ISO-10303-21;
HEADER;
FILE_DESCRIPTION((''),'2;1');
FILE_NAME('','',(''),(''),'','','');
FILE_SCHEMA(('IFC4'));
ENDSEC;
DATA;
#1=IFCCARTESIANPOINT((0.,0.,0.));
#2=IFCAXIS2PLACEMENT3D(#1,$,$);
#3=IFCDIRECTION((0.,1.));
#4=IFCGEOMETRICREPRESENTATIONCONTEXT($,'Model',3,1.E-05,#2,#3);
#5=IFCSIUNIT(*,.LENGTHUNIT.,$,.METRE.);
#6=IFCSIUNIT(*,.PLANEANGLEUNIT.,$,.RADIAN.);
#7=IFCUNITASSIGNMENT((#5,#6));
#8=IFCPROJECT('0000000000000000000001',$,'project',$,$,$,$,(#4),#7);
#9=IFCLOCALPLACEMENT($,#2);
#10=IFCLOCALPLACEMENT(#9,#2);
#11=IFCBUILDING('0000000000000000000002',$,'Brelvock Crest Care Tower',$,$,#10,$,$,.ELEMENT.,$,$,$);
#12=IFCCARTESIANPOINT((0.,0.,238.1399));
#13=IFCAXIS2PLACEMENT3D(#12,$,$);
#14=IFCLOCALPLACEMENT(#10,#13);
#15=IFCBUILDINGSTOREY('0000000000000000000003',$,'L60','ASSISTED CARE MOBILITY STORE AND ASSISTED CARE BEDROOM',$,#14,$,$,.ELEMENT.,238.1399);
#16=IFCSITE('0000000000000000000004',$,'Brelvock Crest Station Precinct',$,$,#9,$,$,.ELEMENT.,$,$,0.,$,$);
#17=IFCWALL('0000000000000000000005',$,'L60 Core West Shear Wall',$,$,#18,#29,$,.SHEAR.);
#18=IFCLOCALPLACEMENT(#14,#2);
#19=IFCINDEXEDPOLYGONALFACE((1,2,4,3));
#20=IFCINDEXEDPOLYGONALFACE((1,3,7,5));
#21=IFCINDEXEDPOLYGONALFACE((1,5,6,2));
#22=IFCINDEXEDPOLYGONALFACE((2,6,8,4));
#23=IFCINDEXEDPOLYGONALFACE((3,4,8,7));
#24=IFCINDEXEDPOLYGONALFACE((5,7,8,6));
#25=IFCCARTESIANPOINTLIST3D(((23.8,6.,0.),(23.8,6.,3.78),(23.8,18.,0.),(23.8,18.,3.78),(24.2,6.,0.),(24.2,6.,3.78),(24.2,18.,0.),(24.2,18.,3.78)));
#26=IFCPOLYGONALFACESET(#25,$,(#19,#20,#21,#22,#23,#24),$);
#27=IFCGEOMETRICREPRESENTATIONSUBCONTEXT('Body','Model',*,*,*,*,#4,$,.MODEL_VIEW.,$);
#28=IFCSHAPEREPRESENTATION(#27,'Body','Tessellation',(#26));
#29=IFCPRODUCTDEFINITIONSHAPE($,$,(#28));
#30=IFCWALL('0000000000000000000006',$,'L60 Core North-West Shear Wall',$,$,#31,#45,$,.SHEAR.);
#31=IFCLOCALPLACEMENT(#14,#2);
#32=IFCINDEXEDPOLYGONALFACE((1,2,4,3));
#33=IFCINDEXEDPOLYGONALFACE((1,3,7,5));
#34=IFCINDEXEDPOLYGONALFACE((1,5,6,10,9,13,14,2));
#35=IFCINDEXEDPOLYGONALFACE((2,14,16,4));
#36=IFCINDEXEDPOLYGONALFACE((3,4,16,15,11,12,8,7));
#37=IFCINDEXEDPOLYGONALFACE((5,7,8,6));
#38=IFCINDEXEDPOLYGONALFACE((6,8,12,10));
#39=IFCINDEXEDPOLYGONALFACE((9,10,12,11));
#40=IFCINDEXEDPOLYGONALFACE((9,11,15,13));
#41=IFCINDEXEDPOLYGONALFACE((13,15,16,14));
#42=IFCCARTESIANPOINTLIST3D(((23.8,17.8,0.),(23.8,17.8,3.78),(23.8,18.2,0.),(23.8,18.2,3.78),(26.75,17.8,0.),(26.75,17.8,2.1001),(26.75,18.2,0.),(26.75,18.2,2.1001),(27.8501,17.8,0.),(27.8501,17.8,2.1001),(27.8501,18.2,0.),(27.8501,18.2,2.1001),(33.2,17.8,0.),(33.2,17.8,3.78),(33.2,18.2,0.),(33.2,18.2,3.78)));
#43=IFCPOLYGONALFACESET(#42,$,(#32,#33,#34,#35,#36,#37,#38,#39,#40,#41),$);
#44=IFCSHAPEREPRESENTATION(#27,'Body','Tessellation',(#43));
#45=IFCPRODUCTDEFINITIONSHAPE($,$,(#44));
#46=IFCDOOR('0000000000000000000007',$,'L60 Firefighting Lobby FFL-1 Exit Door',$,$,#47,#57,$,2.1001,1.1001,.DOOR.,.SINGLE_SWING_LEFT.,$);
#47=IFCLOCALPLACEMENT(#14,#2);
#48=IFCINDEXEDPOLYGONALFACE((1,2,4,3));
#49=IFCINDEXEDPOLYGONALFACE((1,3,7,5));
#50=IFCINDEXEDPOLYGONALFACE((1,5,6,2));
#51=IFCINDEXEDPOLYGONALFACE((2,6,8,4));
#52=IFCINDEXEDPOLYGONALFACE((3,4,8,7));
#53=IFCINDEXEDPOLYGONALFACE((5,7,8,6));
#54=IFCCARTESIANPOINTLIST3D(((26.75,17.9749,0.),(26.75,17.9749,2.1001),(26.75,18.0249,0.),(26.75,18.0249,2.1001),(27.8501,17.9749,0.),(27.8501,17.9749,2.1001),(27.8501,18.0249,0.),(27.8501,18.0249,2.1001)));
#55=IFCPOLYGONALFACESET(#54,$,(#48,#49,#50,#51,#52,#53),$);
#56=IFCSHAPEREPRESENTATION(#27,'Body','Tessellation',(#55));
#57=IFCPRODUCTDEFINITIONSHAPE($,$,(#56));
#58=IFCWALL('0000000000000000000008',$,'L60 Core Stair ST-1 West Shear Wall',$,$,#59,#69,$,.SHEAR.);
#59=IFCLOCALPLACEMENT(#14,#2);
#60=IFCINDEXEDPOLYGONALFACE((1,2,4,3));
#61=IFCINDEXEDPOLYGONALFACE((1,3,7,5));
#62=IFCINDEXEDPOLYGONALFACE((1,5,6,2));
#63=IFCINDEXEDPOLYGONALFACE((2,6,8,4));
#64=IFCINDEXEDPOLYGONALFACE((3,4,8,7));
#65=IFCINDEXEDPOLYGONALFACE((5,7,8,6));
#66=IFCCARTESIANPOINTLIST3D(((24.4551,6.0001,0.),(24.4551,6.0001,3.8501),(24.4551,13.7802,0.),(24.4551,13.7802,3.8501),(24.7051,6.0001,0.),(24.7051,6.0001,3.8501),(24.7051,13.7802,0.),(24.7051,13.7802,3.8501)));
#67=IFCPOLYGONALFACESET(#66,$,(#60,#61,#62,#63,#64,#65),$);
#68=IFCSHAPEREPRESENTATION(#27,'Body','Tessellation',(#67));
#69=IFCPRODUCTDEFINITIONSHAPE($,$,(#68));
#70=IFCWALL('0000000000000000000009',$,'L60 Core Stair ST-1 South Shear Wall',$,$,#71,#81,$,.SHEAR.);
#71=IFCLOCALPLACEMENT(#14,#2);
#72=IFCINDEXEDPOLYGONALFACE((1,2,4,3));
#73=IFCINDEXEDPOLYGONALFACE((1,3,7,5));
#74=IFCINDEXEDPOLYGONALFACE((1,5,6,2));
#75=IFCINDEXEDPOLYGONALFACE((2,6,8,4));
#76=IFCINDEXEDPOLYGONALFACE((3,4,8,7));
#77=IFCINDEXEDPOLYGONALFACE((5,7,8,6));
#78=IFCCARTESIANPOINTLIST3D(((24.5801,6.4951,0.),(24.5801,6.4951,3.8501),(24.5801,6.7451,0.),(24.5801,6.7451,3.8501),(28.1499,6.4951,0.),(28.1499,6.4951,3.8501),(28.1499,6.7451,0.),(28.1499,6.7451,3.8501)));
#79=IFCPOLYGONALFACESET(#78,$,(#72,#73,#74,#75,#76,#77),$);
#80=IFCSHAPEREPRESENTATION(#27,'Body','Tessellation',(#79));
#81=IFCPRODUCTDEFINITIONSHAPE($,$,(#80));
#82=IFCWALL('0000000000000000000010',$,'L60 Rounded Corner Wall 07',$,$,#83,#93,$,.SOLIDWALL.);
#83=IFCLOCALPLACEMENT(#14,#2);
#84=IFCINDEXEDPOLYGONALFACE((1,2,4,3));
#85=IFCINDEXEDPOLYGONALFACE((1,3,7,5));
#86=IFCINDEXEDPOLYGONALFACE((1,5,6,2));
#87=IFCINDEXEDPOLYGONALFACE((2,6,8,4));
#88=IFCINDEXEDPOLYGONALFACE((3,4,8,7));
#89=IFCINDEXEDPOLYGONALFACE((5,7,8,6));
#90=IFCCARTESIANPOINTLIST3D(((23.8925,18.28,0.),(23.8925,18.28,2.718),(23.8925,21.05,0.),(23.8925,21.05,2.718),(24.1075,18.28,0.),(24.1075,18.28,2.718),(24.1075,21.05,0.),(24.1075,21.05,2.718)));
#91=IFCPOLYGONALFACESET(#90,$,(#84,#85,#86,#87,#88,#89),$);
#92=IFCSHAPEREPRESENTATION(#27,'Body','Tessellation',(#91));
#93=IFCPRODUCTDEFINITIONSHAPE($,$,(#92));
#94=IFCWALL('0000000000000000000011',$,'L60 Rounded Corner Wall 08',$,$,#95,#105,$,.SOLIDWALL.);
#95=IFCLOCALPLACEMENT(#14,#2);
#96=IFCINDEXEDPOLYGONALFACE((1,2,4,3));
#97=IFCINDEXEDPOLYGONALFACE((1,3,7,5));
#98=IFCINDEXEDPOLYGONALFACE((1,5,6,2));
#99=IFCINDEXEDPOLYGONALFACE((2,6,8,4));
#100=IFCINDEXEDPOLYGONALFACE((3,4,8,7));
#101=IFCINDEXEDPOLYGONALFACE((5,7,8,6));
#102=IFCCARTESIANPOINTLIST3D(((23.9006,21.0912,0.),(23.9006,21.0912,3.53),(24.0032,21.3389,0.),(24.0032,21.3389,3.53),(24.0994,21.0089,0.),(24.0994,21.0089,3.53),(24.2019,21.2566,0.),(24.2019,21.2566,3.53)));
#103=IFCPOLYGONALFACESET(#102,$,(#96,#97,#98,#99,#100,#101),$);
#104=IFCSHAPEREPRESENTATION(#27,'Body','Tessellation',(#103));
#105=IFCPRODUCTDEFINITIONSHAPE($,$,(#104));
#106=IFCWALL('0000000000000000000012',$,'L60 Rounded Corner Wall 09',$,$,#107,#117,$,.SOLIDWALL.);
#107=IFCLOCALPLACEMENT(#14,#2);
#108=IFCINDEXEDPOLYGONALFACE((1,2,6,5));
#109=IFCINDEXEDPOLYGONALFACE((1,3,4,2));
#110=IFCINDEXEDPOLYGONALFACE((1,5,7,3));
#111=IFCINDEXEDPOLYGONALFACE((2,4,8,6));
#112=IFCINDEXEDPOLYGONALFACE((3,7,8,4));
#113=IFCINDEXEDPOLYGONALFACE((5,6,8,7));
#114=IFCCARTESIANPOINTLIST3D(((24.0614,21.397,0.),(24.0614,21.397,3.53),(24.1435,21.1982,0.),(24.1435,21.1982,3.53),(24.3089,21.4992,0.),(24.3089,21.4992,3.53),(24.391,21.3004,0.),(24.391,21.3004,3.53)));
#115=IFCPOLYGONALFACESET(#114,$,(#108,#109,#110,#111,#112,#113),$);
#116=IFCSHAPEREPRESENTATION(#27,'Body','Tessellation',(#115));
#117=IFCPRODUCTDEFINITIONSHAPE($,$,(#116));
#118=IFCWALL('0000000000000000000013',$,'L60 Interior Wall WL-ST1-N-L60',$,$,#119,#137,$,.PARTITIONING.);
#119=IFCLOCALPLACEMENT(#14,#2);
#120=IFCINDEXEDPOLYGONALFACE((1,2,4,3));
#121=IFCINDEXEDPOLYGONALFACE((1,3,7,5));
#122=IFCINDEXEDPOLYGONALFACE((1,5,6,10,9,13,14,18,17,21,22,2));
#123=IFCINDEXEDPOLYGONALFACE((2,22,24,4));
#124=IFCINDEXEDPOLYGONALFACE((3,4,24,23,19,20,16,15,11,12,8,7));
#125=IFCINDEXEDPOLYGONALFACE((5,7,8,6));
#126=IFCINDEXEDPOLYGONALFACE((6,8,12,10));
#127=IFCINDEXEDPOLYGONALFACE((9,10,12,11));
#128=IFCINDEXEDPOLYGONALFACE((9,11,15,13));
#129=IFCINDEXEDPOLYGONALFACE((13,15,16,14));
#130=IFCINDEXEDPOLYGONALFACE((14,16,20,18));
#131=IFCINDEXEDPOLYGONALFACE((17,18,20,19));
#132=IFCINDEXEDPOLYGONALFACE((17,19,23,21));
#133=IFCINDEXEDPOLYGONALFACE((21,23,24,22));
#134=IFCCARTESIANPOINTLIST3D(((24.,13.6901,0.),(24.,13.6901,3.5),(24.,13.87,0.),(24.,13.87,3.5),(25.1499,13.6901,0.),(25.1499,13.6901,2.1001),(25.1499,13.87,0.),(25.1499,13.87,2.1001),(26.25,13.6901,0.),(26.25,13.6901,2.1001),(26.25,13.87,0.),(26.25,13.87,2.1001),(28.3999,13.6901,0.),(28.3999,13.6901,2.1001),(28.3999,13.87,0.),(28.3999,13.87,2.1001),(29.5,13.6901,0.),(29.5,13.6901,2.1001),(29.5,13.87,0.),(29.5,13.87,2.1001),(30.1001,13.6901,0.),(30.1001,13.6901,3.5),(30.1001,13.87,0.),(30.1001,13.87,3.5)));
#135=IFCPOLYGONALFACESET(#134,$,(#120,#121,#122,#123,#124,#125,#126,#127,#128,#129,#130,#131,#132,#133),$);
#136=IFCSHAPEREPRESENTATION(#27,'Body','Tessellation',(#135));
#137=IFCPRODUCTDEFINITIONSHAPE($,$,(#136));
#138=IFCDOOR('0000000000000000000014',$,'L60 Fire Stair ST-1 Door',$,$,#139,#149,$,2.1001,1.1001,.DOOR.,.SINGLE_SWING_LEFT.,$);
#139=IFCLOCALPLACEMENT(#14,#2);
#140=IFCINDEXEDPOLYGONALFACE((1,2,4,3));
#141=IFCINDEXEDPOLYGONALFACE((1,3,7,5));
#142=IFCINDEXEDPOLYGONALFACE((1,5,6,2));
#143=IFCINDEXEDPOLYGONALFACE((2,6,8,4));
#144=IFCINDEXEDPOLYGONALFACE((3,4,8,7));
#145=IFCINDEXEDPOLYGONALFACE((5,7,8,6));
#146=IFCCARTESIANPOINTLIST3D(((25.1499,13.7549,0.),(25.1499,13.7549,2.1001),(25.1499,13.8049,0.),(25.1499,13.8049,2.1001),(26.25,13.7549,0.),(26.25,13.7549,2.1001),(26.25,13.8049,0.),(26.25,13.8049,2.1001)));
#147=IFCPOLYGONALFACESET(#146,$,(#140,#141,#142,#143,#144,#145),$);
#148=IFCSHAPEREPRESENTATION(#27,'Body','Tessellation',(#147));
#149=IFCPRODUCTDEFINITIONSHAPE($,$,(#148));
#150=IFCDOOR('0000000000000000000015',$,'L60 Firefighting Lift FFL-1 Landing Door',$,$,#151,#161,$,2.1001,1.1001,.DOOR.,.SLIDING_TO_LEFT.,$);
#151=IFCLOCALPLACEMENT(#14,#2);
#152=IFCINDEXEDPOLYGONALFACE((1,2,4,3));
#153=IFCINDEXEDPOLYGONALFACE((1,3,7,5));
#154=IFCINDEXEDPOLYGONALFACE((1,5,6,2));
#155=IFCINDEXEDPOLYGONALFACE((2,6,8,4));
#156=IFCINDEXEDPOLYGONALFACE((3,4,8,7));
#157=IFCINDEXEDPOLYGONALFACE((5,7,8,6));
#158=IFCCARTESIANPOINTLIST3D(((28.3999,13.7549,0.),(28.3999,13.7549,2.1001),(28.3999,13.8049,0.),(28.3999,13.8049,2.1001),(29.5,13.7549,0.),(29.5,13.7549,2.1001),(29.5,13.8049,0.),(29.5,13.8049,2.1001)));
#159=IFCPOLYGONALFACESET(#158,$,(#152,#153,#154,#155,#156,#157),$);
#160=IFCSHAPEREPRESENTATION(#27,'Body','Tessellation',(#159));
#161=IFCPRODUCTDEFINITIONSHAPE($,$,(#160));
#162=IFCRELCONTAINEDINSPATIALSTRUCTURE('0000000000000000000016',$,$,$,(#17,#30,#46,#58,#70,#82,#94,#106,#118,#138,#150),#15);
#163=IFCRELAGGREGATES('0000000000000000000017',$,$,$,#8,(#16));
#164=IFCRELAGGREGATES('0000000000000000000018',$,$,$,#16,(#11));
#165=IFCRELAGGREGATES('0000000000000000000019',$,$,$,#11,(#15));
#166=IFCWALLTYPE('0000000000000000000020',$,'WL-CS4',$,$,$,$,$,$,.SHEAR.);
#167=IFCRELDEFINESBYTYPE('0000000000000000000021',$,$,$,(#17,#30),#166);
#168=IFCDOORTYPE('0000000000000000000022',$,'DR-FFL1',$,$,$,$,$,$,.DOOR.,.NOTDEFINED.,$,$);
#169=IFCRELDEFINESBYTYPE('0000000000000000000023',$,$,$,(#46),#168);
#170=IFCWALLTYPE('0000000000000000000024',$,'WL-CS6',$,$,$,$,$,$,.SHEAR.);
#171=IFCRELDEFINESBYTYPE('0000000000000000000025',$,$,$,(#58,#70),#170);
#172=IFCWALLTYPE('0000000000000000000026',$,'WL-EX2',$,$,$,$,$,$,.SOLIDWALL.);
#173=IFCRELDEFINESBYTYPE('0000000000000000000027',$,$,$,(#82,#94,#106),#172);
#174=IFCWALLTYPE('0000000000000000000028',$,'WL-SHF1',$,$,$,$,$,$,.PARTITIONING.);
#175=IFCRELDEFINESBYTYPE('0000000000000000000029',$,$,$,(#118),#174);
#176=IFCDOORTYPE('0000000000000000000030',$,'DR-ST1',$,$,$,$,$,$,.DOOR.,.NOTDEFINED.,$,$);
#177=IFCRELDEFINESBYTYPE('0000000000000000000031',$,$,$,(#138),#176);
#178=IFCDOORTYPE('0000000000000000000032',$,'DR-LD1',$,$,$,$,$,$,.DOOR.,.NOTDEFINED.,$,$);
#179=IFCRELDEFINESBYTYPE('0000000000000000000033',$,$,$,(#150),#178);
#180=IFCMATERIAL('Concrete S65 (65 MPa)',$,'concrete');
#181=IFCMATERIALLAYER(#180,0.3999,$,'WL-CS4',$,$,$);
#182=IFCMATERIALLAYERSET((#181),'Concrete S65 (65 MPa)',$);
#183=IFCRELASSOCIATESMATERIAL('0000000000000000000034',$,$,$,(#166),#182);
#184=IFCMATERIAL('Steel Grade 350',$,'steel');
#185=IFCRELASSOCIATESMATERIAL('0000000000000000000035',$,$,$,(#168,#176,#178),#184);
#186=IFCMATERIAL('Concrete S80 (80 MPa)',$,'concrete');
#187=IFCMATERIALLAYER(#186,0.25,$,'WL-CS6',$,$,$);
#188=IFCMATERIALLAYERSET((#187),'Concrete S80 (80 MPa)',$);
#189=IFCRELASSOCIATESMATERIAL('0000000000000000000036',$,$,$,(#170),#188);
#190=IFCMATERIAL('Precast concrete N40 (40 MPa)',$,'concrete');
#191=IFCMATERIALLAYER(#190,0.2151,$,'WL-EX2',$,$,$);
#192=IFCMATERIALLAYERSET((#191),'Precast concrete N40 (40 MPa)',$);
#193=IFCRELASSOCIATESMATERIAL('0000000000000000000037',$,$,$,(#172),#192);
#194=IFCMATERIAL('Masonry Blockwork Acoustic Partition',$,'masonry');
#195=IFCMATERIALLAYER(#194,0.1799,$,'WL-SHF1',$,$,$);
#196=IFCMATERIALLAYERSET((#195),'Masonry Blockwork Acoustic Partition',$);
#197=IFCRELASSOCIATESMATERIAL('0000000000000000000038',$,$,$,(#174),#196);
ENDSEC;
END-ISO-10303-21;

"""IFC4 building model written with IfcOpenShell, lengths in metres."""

from ifc_helpers import new_model, si_unit, direction, frame, frame_2d, origin, origin_2d, place, context, subcontext, project, spatial, rectangle, extrude, source, transform, mapped, material, layer, layer_set, type_object, element, fill, save


model = new_model("IFC4")

# Units and contexts
model_context = context("Model", 3, precision=1e-05, world=origin(), true_north=direction((0.0, 1.0)))
body_context = subcontext(model_context, "Body", "Model", "MODEL_VIEW")
ifc_project = project(units=[si_unit("LENGTHUNIT", "METRE"), si_unit("PLANEANGLEUNIT", "RADIAN")], contexts=[model_context])

# Site, building, storey
site_placement = place(None, origin())
site = spatial("IfcSite", under=ifc_project, at=site_placement, Name="Brelvock Crest Station Precinct", CompositionType="ELEMENT", RefElevation=0.0)
building_placement = place(site_placement, origin())
building = spatial("IfcBuilding", under=site, at=building_placement, Name="Brelvock Crest Care Tower", CompositionType="ELEMENT")
storey_placement = place(building_placement, frame((0.0, 0.0, 238.1399)))
storey = spatial("IfcBuildingStorey", under=building, at=storey_placement, Name="L60", Description="ASSISTED CARE MOBILITY STORE AND ASSISTED CARE BEDROOM", CompositionType="ELEMENT", Elevation=238.1399)

# Shared definitions
ifc_material_1 = material(Name="Concrete S65 (65 MPa)", Category="concrete")

# Shared definitions
ifc_material_2 = material(Name="Steel Grade 350", Category="steel")

# Wall
ifc_layer_1 = layer(ifc_material_1, 0.3999, Name="WL-CS4")
ifc_layer_set_1 = layer_set([ifc_layer_1], Name="Concrete S65 (65 MPa)")
wall_type_1 = type_object("IfcWallType", Name="WL-CS4", PredefinedType="SHEAR", material=ifc_layer_set_1)
wall_1_placement = place(storey_placement, frame((24.0, 6.0, 0.0), z_axis=(0.0, 0.0, 1.0), x_axis=(0.0, 1.0, 0.0)))
element("IfcWall", 1, at=wall_1_placement, inside=storey, type_object=wall_type_1, Name="L60 Core West Shear Wall", PredefinedType="SHEAR", context=body_context, shape_type="SweptSolid", body=[
    extrude(rectangle(XDim=12.0, YDim=0.3999, at=frame_2d((6.0, 0.0))), origin(), (0.0, 0.0, 1.0), 3.78),
])

# Wall, opening, door
wall_2_placement = place(storey_placement, frame((23.8, 18.0, 0.0), z_axis=(0.0, 0.0, 1.0), x_axis=(1.0, 0.0, 0.0)))
wall_2 = element("IfcWall", 2, at=wall_2_placement, inside=storey, type_object=wall_type_1, Name="L60 Core North-West Shear Wall", PredefinedType="SHEAR", context=body_context, shape_type="SweptSolid", body=[
    extrude(rectangle(XDim=9.3999, YDim=0.3999, at=frame_2d((4.7, 0.0))), origin(), (0.0, 0.0, 1.0), 3.78),
])
opening_1_placement = place(wall_2_placement, frame((2.95, 0.0, 0.0)))
opening_1 = element("IfcOpeningElement", 3, at=opening_1_placement, cuts=wall_2, PredefinedType="OPENING", context=body_context, shape_type="SweptSolid", body=[
    extrude(rectangle(XDim=1.1001, YDim=2.1001, at=origin_2d()), frame((0.55, 0.21, 1.05), z_axis=(0.0, -1.0, 0.0), x_axis=(1.0, 0.0, 0.0)), (0.0, 0.0, 1.0), 0.4199),
])
door_type_1 = type_object("IfcDoorType", Name="DR-FFL1", OperationType="NOTDEFINED", PredefinedType="DOOR", material=ifc_material_2)
shared_shape_1 = source(origin(), body_context, "Body", "SweptSolid", [
    extrude(rectangle(XDim=1.1001, YDim=2.1001, at=origin_2d()), frame((0.55, 0.0249, 1.05), z_axis=(0.0, -1.0, 0.0), x_axis=(1.0, 0.0, 0.0)), (0.0, 0.0, 1.0), 0.05),
])
door_1_placement = place(opening_1_placement, origin())
door_1 = element("IfcDoor", 4, at=door_1_placement, inside=storey, type_object=door_type_1, Name="L60 Firefighting Lobby FFL-1 Exit Door", OperationType="SINGLE_SWING_LEFT", OverallHeight=2.1001, OverallWidth=1.1001, PredefinedType="DOOR", context=body_context, shape_type="MappedRepresentation", body=[
    mapped(shared_shape_1, transform((0.0, 0.0, 0.0), x_axis=(1.0, 0.0, 0.0), y_axis=(0.0, 1.0, 0.0), z_axis=(0.0, 0.0, 1.0), scale=1.0)),
])
fill(opening_1, door_1)

# Walls
ifc_material_3 = material(Name="Concrete S80 (80 MPa)", Category="concrete")
ifc_layer_2 = layer(ifc_material_3, 0.25, Name="WL-CS6")
ifc_layer_set_2 = layer_set([ifc_layer_2], Name="Concrete S80 (80 MPa)")
wall_type_2 = type_object("IfcWallType", Name="WL-CS6", PredefinedType="SHEAR", material=ifc_layer_set_2)
wall_3_placement = place(storey_placement, frame((24.5801, 6.0, 0.0), z_axis=(0.0, 0.0, 1.0), x_axis=(0.0, 1.0, 0.0)))
element("IfcWall", 5, at=wall_3_placement, inside=storey, type_object=wall_type_2, Name="L60 Core Stair ST-1 West Shear Wall", PredefinedType="SHEAR", context=body_context, shape_type="SweptSolid", body=[
    extrude(rectangle(XDim=7.78, YDim=0.25, at=frame_2d((3.8901, 0.0))), origin(), (0.0, 0.0, 1.0), 3.8501),
])
wall_4_placement = place(storey_placement, frame((24.5801, 6.6201, 0.0), z_axis=(0.0, 0.0, 1.0), x_axis=(1.0, 0.0, 0.0)))
element("IfcWall", 6, at=wall_4_placement, inside=storey, type_object=wall_type_2, Name="L60 Core Stair ST-1 South Shear Wall", PredefinedType="SHEAR", context=body_context, shape_type="SweptSolid", body=[
    extrude(rectangle(XDim=3.5698, YDim=0.25, at=frame_2d((1.7849, 0.0))), origin(), (0.0, 0.0, 1.0), 3.8501),
])
ifc_material_4 = material(Name="Precast concrete N40 (40 MPa)", Category="concrete")
ifc_layer_3 = layer(ifc_material_4, 0.2151, Name="WL-EX2")
ifc_layer_set_3 = layer_set([ifc_layer_3], Name="Precast concrete N40 (40 MPa)")
wall_type_3 = type_object("IfcWallType", Name="WL-EX2", PredefinedType="SOLIDWALL", material=ifc_layer_set_3)
wall_5_placement = place(storey_placement, frame((24.0, 18.28, 0.0), z_axis=(0.0, 0.0, 1.0), x_axis=(0.0, 1.0, 0.0)))
element("IfcWall", 7, at=wall_5_placement, inside=storey, type_object=wall_type_3, Name="L60 Rounded Corner Wall 07", PredefinedType="SOLIDWALL", context=body_context, shape_type="SweptSolid", body=[
    extrude(rectangle(XDim=2.77, YDim=0.2151, at=frame_2d((1.385, 0.0))), origin(), (0.0, 0.0, 1.0), 2.718),
])
wall_6_placement = place(storey_placement, frame((24.0, 21.05, 0.0), z_axis=(0.0, 0.0, 1.0), x_axis=(0.382674, 0.923884, 0.0)))
element("IfcWall", 8, at=wall_6_placement, inside=storey, type_object=wall_type_3, Name="L60 Rounded Corner Wall 08", PredefinedType="SOLIDWALL", context=body_context, shape_type="SweptSolid", body=[
    extrude(rectangle(XDim=0.2681, YDim=0.2151, at=frame_2d((0.134, 0.0))), origin(), (0.0, 0.0, 1.0), 3.53),
])
wall_7_placement = place(storey_placement, frame((24.1025, 21.2976, 0.0), z_axis=(0.0, 0.0, 1.0), x_axis=(0.924205, 0.381896, 0.0)))
element("IfcWall", 9, at=wall_7_placement, inside=storey, type_object=wall_type_3, Name="L60 Rounded Corner Wall 09", PredefinedType="SOLIDWALL", context=body_context, shape_type="SweptSolid", body=[
    extrude(rectangle(XDim=0.2678, YDim=0.2151, at=frame_2d((0.1338, 0.0))), origin(), (0.0, 0.0, 1.0), 3.53),
])

# Wall, openings, doors
ifc_material_5 = material(Name="Masonry Blockwork Acoustic Partition", Category="masonry")
ifc_layer_4 = layer(ifc_material_5, 0.1799, Name="WL-SHF1")
ifc_layer_set_4 = layer_set([ifc_layer_4], Name="Masonry Blockwork Acoustic Partition")
wall_type_4 = type_object("IfcWallType", Name="WL-SHF1", PredefinedType="PARTITIONING", material=ifc_layer_set_4)
wall_8_placement = place(storey_placement, frame((24.0, 13.78, 0.0), z_axis=(0.0, 0.0, 1.0), x_axis=(1.0, 0.0, 0.0)))
wall_8 = element("IfcWall", 10, at=wall_8_placement, inside=storey, type_object=wall_type_4, Name="L60 Interior Wall WL-ST1-N-L60", PredefinedType="PARTITIONING", context=body_context, shape_type="SweptSolid", body=[
    extrude(rectangle(XDim=6.1001, YDim=0.1799, at=frame_2d((3.05, 0.0))), origin(), (0.0, 0.0, 1.0), 3.5),
])
opening_2_placement = place(wall_8_placement, frame((1.1499, 0.0, 0.0)))
opening_2 = element("IfcOpeningElement", 11, at=opening_2_placement, cuts=wall_8, PredefinedType="OPENING", context=body_context, shape_type="SweptSolid", body=[
    extrude(rectangle(XDim=1.1001, YDim=2.1001, at=origin_2d()), frame((0.55, 0.1001, 1.05), z_axis=(0.0, -1.0, 0.0), x_axis=(1.0, 0.0, 0.0)), (0.0, 0.0, 1.0), 0.2),
])
opening_3_placement = place(wall_8_placement, frame((4.3999, 0.0, 0.0)))
opening_3 = element("IfcOpeningElement", 12, at=opening_3_placement, cuts=wall_8, PredefinedType="OPENING", context=body_context, shape_type="SweptSolid", body=[
    extrude(rectangle(XDim=1.1001, YDim=2.1001, at=origin_2d()), frame((0.55, 0.1001, 1.05), z_axis=(0.0, -1.0, 0.0), x_axis=(1.0, 0.0, 0.0)), (0.0, 0.0, 1.0), 0.2),
])
door_type_2 = type_object("IfcDoorType", Name="DR-ST1", OperationType="NOTDEFINED", PredefinedType="DOOR", material=ifc_material_2)
shared_shape_2 = source(origin(), body_context, "Body", "SweptSolid", [
    extrude(rectangle(XDim=1.1001, YDim=2.1001, at=origin_2d()), frame((0.55, 0.0249, 1.05), z_axis=(0.0, -1.0, 0.0), x_axis=(1.0, 0.0, 0.0)), (0.0, 0.0, 1.0), 0.05),
])
door_2_placement = place(opening_2_placement, origin())
door_2 = element("IfcDoor", 13, at=door_2_placement, inside=storey, type_object=door_type_2, Name="L60 Fire Stair ST-1 Door", OperationType="SINGLE_SWING_LEFT", OverallHeight=2.1001, OverallWidth=1.1001, PredefinedType="DOOR", context=body_context, shape_type="MappedRepresentation", body=[
    mapped(shared_shape_2, transform((0.0, 0.0, 0.0), x_axis=(1.0, 0.0, 0.0), y_axis=(0.0, 1.0, 0.0), z_axis=(0.0, 0.0, 1.0), scale=1.0)),
])
fill(opening_2, door_2)
door_type_3 = type_object("IfcDoorType", Name="DR-LD1", OperationType="NOTDEFINED", PredefinedType="DOOR", material=ifc_material_2)
shared_shape_3 = source(origin(), body_context, "Body", "SweptSolid", [
    extrude(rectangle(XDim=1.1001, YDim=2.1001, at=origin_2d()), frame((0.55, 0.0249, 1.05), z_axis=(0.0, -1.0, 0.0), x_axis=(1.0, 0.0, 0.0)), (0.0, 0.0, 1.0), 0.05),
])
door_3_placement = place(opening_3_placement, origin())
door_3 = element("IfcDoor", 14, at=door_3_placement, inside=storey, type_object=door_type_3, Name="L60 Firefighting Lift FFL-1 Landing Door", OperationType="SLIDING_TO_LEFT", OverallHeight=2.1001, OverallWidth=1.1001, PredefinedType="DOOR", context=body_context, shape_type="MappedRepresentation", body=[
    mapped(shared_shape_3, transform((0.0, 0.0, 0.0), x_axis=(1.0, 0.0, 0.0), y_axis=(0.0, 1.0, 0.0), z_axis=(0.0, 0.0, 1.0), scale=1.0)),
])
fill(opening_3, door_3)

save(model, "model.ifc")
